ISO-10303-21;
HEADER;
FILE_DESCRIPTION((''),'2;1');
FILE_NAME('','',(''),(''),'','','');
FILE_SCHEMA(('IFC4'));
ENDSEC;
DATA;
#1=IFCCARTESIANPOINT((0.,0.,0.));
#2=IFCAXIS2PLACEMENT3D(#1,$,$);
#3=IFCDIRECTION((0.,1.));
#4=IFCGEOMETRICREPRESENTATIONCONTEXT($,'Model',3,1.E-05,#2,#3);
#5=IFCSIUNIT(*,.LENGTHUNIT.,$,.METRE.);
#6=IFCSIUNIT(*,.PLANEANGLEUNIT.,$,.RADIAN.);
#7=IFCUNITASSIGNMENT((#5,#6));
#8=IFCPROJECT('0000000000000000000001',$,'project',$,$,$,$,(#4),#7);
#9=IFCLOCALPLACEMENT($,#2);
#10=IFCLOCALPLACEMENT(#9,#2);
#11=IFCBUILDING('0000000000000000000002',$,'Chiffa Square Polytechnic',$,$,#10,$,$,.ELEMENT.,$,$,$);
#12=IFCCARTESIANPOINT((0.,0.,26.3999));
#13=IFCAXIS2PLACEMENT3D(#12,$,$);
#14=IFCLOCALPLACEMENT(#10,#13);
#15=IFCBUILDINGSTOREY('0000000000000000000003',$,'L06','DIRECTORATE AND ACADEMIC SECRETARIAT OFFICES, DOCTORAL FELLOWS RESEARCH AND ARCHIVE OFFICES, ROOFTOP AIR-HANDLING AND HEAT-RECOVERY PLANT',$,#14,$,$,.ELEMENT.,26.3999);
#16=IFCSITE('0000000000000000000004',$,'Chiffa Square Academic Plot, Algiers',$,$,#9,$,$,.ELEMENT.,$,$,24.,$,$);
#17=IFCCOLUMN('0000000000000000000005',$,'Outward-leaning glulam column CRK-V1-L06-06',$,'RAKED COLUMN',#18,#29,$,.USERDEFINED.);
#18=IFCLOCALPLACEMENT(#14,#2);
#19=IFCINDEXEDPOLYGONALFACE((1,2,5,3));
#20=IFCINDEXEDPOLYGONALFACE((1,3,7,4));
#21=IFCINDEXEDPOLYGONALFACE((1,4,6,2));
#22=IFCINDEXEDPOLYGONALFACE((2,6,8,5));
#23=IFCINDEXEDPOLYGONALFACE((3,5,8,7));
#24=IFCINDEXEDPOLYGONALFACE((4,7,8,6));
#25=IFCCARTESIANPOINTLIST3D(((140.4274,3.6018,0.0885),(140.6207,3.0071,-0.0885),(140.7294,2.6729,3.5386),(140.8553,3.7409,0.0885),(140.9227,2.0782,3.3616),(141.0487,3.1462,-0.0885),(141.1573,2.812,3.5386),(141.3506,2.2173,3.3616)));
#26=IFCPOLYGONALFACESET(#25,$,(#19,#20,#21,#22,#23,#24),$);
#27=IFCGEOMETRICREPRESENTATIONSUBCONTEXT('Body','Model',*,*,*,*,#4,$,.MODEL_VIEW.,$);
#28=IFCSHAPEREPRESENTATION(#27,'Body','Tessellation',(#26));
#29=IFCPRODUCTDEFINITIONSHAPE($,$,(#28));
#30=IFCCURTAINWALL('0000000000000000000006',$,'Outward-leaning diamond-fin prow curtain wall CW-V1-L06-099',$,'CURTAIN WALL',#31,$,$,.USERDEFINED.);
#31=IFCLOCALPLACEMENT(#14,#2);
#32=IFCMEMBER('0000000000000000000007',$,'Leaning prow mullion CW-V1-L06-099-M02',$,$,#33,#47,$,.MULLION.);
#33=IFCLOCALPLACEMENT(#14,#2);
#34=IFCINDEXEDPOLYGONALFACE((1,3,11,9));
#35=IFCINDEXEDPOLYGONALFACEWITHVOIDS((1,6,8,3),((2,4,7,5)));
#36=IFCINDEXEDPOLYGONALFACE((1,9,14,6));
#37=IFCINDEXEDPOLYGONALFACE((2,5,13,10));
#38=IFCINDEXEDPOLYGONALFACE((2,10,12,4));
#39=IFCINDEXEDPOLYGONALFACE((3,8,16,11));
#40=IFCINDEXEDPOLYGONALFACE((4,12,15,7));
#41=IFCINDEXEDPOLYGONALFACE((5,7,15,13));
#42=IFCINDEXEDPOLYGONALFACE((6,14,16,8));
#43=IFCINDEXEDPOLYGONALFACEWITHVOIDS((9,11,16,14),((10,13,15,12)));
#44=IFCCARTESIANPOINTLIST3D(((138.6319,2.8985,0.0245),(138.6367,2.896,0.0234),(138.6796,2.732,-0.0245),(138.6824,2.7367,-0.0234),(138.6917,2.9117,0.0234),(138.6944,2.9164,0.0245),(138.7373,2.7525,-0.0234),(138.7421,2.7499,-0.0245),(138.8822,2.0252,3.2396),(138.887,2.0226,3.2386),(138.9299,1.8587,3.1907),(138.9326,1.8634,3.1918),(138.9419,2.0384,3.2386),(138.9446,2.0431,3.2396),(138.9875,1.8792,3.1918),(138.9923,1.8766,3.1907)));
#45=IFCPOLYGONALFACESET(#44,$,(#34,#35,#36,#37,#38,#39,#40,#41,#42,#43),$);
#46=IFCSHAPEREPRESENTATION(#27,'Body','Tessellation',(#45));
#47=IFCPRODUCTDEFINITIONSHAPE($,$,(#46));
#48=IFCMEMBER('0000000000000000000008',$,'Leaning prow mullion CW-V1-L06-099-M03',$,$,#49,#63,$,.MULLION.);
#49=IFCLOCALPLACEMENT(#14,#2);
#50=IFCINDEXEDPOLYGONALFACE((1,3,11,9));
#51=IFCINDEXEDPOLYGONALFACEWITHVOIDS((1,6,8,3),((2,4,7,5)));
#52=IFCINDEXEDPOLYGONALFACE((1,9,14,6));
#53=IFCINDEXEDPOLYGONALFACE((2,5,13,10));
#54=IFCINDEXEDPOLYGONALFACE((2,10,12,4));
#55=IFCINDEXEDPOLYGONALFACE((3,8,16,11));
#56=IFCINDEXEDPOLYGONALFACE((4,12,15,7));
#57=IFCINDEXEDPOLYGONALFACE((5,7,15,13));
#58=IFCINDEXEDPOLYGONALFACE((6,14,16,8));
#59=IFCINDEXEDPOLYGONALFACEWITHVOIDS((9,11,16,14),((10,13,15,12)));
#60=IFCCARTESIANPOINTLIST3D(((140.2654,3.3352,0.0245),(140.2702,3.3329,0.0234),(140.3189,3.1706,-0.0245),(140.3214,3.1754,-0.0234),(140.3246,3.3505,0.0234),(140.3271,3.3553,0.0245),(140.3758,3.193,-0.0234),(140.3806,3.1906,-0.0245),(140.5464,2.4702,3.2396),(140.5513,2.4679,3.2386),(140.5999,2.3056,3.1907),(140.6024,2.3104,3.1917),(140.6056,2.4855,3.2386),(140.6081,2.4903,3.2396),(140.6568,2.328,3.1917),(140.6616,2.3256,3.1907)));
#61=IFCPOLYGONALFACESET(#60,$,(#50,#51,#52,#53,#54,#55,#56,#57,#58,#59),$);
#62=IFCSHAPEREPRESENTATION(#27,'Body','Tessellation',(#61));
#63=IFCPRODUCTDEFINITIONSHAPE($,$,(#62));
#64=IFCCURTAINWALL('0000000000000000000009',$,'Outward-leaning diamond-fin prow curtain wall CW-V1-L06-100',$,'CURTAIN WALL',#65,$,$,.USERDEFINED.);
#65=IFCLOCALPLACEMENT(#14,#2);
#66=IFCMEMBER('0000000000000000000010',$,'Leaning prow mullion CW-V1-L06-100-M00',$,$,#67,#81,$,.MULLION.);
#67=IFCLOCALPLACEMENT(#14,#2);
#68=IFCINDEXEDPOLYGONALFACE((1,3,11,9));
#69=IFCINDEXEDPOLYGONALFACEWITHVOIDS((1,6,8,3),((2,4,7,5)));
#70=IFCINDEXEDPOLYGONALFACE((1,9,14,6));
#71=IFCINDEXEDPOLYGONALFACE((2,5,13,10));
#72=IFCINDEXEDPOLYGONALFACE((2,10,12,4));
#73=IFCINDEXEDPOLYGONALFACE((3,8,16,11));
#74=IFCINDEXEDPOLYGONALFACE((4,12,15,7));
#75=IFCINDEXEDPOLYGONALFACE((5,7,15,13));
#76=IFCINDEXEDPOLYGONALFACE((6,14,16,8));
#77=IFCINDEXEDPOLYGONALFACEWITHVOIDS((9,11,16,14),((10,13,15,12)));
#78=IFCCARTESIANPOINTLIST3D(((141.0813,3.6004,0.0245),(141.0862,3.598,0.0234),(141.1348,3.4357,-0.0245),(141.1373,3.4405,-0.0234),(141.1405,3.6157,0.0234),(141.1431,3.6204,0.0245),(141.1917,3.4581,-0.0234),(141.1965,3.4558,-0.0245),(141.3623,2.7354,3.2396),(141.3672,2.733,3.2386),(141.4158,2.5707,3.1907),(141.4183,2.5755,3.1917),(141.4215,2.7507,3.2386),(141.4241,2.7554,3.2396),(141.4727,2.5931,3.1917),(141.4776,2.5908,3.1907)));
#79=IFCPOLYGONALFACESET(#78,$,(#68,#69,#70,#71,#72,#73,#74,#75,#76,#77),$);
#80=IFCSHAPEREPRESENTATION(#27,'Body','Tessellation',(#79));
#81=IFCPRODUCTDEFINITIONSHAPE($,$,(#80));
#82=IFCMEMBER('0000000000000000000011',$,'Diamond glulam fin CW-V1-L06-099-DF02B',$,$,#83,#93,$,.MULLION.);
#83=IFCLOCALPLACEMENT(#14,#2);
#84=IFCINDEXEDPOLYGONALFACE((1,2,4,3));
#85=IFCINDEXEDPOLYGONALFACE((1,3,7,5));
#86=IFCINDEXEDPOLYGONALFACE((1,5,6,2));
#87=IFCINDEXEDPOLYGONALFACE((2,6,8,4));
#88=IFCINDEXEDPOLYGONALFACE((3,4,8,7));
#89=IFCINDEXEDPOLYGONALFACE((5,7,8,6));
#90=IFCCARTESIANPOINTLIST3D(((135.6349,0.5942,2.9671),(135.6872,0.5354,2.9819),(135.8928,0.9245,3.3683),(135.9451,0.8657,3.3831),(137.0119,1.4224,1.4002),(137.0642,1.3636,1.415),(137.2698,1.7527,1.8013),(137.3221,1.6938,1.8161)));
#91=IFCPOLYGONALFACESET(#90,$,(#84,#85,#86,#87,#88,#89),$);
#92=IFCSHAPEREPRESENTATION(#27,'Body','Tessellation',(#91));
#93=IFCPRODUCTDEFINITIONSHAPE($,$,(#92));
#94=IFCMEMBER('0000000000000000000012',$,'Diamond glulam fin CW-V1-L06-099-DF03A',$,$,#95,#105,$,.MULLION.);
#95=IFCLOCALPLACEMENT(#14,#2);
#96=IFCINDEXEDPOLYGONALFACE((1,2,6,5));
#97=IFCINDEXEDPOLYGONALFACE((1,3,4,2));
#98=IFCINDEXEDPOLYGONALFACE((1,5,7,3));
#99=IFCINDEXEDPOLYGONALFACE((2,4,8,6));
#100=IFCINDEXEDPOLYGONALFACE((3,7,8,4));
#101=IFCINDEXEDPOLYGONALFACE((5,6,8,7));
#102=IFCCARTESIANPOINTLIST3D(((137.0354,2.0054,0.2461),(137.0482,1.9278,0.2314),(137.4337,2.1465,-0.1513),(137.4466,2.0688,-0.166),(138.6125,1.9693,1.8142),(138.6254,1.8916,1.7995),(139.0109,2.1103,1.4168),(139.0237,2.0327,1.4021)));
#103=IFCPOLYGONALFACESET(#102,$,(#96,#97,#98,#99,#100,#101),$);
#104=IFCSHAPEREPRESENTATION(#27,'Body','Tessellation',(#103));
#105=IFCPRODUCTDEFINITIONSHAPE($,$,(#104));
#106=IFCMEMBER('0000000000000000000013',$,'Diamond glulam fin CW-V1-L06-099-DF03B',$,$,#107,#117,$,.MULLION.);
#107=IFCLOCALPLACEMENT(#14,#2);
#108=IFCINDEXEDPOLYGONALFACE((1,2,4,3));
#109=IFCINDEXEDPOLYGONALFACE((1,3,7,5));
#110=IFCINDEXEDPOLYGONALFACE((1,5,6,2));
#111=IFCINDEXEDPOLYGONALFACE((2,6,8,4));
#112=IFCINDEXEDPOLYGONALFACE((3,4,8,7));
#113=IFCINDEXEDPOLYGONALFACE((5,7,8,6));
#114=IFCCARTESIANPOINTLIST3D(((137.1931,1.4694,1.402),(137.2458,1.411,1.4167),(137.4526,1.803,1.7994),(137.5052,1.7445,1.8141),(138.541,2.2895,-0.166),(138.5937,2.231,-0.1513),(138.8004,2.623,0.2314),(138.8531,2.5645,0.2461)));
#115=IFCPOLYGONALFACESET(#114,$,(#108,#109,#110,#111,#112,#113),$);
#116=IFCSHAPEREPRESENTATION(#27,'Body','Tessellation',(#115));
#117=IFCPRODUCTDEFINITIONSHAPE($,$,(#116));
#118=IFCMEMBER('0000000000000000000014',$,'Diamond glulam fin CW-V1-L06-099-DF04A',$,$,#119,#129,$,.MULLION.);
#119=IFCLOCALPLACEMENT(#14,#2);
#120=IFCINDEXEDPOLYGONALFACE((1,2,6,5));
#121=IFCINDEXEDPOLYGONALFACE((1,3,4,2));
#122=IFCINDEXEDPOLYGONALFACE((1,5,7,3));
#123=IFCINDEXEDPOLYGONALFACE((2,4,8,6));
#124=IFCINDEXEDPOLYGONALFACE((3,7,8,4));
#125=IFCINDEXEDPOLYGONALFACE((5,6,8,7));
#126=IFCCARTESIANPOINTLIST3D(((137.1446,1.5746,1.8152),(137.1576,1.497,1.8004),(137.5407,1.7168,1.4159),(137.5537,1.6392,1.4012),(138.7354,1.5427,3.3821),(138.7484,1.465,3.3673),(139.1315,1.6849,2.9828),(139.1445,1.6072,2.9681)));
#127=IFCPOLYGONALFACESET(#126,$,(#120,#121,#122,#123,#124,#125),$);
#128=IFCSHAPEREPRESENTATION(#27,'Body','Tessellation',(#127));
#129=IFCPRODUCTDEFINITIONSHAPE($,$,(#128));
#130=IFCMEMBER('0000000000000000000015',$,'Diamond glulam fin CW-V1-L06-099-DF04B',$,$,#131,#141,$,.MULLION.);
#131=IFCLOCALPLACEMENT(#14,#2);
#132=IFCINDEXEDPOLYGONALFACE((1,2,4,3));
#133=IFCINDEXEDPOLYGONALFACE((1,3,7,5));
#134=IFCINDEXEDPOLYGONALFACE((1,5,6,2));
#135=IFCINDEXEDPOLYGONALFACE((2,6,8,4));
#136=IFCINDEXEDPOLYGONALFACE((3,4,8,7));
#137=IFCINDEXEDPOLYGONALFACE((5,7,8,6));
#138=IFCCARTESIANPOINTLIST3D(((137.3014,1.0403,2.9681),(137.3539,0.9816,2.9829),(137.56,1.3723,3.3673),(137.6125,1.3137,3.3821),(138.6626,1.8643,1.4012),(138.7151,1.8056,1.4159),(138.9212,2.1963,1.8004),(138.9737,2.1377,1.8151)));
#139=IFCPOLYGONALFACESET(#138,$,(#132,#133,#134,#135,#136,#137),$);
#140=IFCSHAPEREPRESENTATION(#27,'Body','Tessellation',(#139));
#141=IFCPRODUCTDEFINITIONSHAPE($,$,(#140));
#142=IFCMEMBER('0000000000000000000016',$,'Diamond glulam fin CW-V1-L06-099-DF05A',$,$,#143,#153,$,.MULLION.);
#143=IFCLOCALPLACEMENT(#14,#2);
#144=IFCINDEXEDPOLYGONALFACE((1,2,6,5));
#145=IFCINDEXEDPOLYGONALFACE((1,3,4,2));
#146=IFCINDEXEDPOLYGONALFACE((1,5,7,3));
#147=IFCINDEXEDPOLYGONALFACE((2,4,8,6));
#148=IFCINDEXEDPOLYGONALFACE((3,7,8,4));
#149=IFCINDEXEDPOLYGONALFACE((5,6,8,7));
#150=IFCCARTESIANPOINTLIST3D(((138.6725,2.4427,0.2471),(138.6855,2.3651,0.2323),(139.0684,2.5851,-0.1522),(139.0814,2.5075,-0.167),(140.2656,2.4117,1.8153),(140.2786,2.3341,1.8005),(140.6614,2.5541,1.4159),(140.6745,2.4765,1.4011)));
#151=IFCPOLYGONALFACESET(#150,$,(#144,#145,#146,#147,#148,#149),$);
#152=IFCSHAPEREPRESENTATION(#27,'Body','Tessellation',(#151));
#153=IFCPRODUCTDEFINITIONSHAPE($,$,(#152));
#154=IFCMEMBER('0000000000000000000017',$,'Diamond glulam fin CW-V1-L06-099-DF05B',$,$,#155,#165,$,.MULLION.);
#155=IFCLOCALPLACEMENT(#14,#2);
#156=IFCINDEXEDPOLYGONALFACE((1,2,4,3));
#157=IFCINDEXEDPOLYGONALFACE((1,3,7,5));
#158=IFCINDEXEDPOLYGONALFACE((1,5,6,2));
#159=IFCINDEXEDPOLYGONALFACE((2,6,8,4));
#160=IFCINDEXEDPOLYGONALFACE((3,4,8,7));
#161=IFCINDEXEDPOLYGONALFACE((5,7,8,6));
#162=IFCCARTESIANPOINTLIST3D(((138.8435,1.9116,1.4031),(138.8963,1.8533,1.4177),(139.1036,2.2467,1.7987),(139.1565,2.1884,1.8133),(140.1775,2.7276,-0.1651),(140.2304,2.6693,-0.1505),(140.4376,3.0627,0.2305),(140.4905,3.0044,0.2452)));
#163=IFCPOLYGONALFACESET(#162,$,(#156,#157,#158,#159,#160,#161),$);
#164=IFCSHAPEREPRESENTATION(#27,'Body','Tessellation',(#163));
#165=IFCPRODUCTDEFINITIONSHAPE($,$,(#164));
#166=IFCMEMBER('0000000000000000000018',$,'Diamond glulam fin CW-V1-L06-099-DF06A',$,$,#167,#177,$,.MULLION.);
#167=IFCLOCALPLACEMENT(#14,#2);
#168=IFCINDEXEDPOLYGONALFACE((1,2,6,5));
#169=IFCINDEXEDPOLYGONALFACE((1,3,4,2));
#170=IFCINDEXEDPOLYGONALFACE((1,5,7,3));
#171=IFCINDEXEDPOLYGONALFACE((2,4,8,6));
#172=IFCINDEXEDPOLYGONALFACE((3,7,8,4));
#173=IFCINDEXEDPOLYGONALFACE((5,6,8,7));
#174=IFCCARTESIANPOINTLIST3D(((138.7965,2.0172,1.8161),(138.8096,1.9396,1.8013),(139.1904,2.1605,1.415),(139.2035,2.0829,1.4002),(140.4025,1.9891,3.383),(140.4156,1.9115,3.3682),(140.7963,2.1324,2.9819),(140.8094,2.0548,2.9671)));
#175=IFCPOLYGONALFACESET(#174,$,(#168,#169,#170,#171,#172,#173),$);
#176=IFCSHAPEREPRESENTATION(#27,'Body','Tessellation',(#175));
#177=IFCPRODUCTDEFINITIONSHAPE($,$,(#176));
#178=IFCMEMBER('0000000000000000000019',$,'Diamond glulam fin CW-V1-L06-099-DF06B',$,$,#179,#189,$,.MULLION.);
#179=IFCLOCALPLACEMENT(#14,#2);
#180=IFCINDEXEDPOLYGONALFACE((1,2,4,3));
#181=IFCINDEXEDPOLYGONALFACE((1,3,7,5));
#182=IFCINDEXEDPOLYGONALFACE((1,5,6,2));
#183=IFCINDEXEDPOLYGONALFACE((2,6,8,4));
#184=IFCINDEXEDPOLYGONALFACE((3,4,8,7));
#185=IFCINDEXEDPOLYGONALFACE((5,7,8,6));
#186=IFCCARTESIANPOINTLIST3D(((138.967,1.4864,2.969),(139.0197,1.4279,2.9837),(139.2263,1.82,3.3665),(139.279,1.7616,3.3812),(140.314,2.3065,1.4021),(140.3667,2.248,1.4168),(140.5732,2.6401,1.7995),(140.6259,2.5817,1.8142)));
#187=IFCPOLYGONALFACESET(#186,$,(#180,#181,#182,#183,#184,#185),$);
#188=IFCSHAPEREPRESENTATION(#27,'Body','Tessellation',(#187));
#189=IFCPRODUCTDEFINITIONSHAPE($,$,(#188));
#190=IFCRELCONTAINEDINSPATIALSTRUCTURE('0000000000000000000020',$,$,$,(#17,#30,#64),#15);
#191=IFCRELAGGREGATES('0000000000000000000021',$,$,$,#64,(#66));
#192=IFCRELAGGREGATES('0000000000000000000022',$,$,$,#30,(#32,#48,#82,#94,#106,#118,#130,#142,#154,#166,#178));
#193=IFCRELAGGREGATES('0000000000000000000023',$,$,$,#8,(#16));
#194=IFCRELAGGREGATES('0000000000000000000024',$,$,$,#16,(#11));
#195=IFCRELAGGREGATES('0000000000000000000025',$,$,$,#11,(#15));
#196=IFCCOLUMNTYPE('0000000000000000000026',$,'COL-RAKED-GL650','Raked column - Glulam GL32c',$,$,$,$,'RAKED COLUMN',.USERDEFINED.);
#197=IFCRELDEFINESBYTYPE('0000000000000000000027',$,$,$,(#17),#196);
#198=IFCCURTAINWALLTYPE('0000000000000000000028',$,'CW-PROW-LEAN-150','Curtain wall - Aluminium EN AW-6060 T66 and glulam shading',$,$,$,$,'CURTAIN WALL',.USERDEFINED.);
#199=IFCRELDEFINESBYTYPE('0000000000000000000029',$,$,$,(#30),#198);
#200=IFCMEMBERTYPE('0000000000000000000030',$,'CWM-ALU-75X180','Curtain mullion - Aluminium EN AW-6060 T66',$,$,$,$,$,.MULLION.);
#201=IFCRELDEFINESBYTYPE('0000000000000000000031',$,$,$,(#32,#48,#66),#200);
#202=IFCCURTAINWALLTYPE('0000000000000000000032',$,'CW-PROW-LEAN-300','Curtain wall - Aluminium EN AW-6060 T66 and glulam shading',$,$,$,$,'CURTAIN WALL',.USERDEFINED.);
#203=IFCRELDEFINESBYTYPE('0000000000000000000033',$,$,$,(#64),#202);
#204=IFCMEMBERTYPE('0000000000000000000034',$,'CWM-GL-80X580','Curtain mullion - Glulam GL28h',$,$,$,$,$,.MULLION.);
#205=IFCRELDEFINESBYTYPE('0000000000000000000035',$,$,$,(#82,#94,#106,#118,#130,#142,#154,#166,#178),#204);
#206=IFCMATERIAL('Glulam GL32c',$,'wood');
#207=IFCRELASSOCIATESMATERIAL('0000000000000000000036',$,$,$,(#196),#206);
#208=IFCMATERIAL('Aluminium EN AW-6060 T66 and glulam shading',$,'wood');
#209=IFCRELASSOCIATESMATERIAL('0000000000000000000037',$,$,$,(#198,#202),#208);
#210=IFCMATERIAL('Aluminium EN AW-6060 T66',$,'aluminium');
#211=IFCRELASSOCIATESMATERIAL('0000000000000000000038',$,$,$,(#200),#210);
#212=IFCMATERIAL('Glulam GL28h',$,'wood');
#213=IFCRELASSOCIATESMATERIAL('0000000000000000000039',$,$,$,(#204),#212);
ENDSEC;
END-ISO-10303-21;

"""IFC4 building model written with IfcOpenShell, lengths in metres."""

from ifc_helpers import new_model, si_unit, direction, frame, origin, origin_2d, place, context, subcontext, project, spatial, rectangle, hollow_rectangle, extrude, material, material_profile, profile_set, type_object, element, aggregate, save


model = new_model("IFC4")

# Units and contexts
model_context = context("Model", 3, precision=1e-05, world=origin(), true_north=direction((0.0, 1.0)))
body_context = subcontext(model_context, "Body", "Model", "MODEL_VIEW")
ifc_project = project(units=[si_unit("LENGTHUNIT", "METRE"), si_unit("PLANEANGLEUNIT", "RADIAN")], contexts=[model_context])

# Site, building, storey
site_placement = place(None, origin())
site = spatial("IfcSite", under=ifc_project, at=site_placement, Name="Chiffa Square Academic Plot, Algiers", CompositionType="ELEMENT", RefElevation=24.0)
building_placement = place(site_placement, origin())
building = spatial("IfcBuilding", under=site, at=building_placement, Name="Chiffa Square Polytechnic", CompositionType="ELEMENT")
storey_placement = place(building_placement, frame((0.0, 0.0, 26.3999)))
storey = spatial("IfcBuildingStorey", under=building, at=storey_placement, Name="L06", Description="DIRECTORATE AND ACADEMIC SECRETARIAT OFFICES, DOCTORAL FELLOWS RESEARCH AND ARCHIVE OFFICES, ROOFTOP AIR-HANDLING AND HEAT-RECOVERY PLANT", CompositionType="ELEMENT", Elevation=26.3999)

# Column
ifc_material_1 = material(Name="Glulam GL32c", Category="wood")
ifc_material_profile_1 = material_profile(ifc_material_1, rectangle(XDim=0.45, YDim=0.6499, at=origin_2d()), Name="GL32c 450x650")
ifc_profile_set_1 = profile_set([ifc_material_profile_1], Name="Glulam GL32c")
column_type = type_object("IfcColumnType", Name="COL-RAKED-GL650", Description="Raked column - Glulam GL32c", ElementType="RAKED COLUMN", PredefinedType="USERDEFINED", material=ifc_profile_set_1)
column_placement = place(storey_placement, frame((140.738, 3.374, 0.0), z_axis=(0.084221, -0.259064, 0.962181), x_axis=(0.951007, 0.309171, 0.0)))
element("IfcColumn", 1, at=column_placement, inside=storey, type_object=column_type, Name="Outward-leaning glulam column CRK-V1-L06-06", ObjectType="RAKED COLUMN", PredefinedType="USERDEFINED", context=body_context, shape_type="SweptSolid", body=[
    extrude(rectangle(XDim=0.45, YDim=0.6499, at=origin_2d()), origin(), (0.0, 0.0, 1.0), 3.5857),
])

# Curtain wall, members
ifc_material_2 = material(Name="Aluminium EN AW-6060 T66 and glulam shading", Category="wood")
curtain_wall_type_1 = type_object("IfcCurtainWallType", Name="CW-PROW-LEAN-150", Description="Curtain wall - Aluminium EN AW-6060 T66 and glulam shading", ElementType="CURTAIN WALL", PredefinedType="USERDEFINED", material=ifc_material_2)
curtain_wall_1_placement = place(storey_placement, origin())
curtain_wall_1 = element("IfcCurtainWall", 2, at=curtain_wall_1_placement, inside=storey, type_object=curtain_wall_type_1, Name="Outward-leaning diamond-fin prow curtain wall CW-V1-L06-099", ObjectType="CURTAIN WALL", PredefinedType="USERDEFINED")
ifc_material_3 = material(Name="Aluminium EN AW-6060 T66", Category="aluminium")
ifc_material_profile_2 = material_profile(ifc_material_3, hollow_rectangle(XDim=0.0649, YDim=0.1799, WallThickness=0.0039, at=origin_2d()), Name="ALU 65x180x4")
ifc_profile_set_2 = profile_set([ifc_material_profile_2], Name="Aluminium EN AW-6060 T66")
member_type_1 = type_object("IfcMemberType", Name="CWM-ALU-75X180", Description="Curtain mullion - Aluminium EN AW-6060 T66", PredefinedType="MULLION", material=ifc_profile_set_2)
member_1_placement = place(storey_placement, frame((138.687, 2.8242, 0.0), z_axis=(0.074902, -0.261389, 0.962323), x_axis=(0.961311, 0.275466, 0.0)))
member_1 = element("IfcMember", 3, at=member_1_placement, type_object=member_type_1, Name="Leaning prow mullion CW-V1-L06-099-M02", PredefinedType="MULLION", context=body_context, shape_type="SweptSolid", body=[
    extrude(hollow_rectangle(XDim=0.0649, YDim=0.1799, WallThickness=0.0039, at=origin_2d()), origin(), (0.0, 0.0, 1.0), 3.3411),
])
member_2_placement = place(storey_placement, frame((140.323, 3.2629, 0.0), z_axis=(0.084102, -0.258882, 0.962241), x_axis=(0.951072, 0.308971, 0.0)))
member_2 = element("IfcMember", 4, at=member_2_placement, type_object=member_type_1, Name="Leaning prow mullion CW-V1-L06-099-M03", PredefinedType="MULLION", context=body_context, shape_type="SweptSolid", body=[
    extrude(hollow_rectangle(XDim=0.0649, YDim=0.1799, WallThickness=0.0039, at=origin_2d()), origin(), (0.0, 0.0, 1.0), 3.3413),
])

# Curtain wall, member
curtain_wall_type_2 = type_object("IfcCurtainWallType", Name="CW-PROW-LEAN-300", Description="Curtain wall - Aluminium EN AW-6060 T66 and glulam shading", ElementType="CURTAIN WALL", PredefinedType="USERDEFINED", material=ifc_material_2)
curtain_wall_2_placement = place(storey_placement, origin())
curtain_wall_2 = element("IfcCurtainWall", 5, at=curtain_wall_2_placement, inside=storey, type_object=curtain_wall_type_2, Name="Outward-leaning diamond-fin prow curtain wall CW-V1-L06-100", ObjectType="CURTAIN WALL", PredefinedType="USERDEFINED")
member_3_placement = place(storey_placement, frame((141.1389, 3.5281, 0.0), z_axis=(0.084102, -0.258882, 0.962241), x_axis=(0.951072, 0.308971, 0.0)))
member_3 = element("IfcMember", 6, at=member_3_placement, type_object=member_type_1, Name="Leaning prow mullion CW-V1-L06-100-M00", PredefinedType="MULLION", context=body_context, shape_type="SweptSolid", body=[
    extrude(hollow_rectangle(XDim=0.0649, YDim=0.1799, WallThickness=0.0039, at=origin_2d()), origin(), (0.0, 0.0, 1.0), 3.3413),
])

# Members
ifc_material_4 = material(Name="Glulam GL28h", Category="wood")
ifc_material_profile_3 = material_profile(ifc_material_4, rectangle(XDim=0.0801, YDim=0.5801, at=origin_2d()), Name="GL28h 80x580")
ifc_profile_set_3 = profile_set([ifc_material_profile_3], Name="Glulam GL28h")
member_type_2 = type_object("IfcMemberType", Name="CWM-GL-80X580", Description="Curtain mullion - Glulam GL28h", PredefinedType="MULLION", material=ifc_profile_set_3)
member_4_placement = place(storey_placement, frame((137.167, 1.5581, 1.6082), z_axis=(-0.613529, -0.368988, 0.698162), x_axis=(0.652678, -0.734627, 0.185299)))
member_4 = element("IfcMember", 7, at=member_4_placement, type_object=member_type_2, Name="Diamond glulam fin CW-V1-L06-099-DF02B", PredefinedType="MULLION", context=body_context, shape_type="SweptSolid", body=[
    extrude(rectangle(XDim=0.0801, YDim=0.5801, at=origin_2d()), origin(), (0.0, 0.0, 1.0), 2.2444),
])
member_5_placement = place(storey_placement, frame((137.241, 2.0371, 0.04), z_axis=(0.709041, -0.016244, 0.70498), x_axis=(-0.160291, 0.969852, 0.183561)))
member_5 = element("IfcMember", 8, at=member_5_placement, type_object=member_type_2, Name="Diamond glulam fin CW-V1-L06-099-DF03A", PredefinedType="MULLION", context=body_context, shape_type="SweptSolid", body=[
    extrude(rectangle(XDim=0.0801, YDim=0.5801, at=origin_2d()), origin(), (0.0, 0.0, 1.0), 2.2244),
])
member_6_placement = place(storey_placement, frame((138.697, 2.427, 0.04), z_axis=(-0.605938, -0.368655, 0.704934), x_axis=(0.657924, -0.730368, 0.183573)))
member_6 = element("IfcMember", 9, at=member_6_placement, type_object=member_type_2, Name="Diamond glulam fin CW-V1-L06-099-DF03B", PredefinedType="MULLION", context=body_context, shape_type="SweptSolid", body=[
    extrude(rectangle(XDim=0.0801, YDim=0.5801, at=origin_2d()), origin(), (0.0, 0.0, 1.0), 2.2244),
])
member_7_placement = place(storey_placement, frame((137.3491, 1.6069, 1.6082), z_axis=(0.712371, -0.014322, 0.701657), x_axis=(-0.16215, 0.969381, 0.184412)))
member_7 = element("IfcMember", 10, at=member_7_placement, type_object=member_type_2, Name="Diamond glulam fin CW-V1-L06-099-DF04A", PredefinedType="MULLION", context=body_context, shape_type="SweptSolid", body=[
    extrude(rectangle(XDim=0.0801, YDim=0.5801, at=origin_2d()), origin(), (0.0, 0.0, 1.0), 2.2332),
])
member_8_placement = place(storey_placement, frame((138.8181, 2.001, 1.6082), z_axis=(-0.60951, -0.368986, 0.701674), x_axis=(0.655587, -0.732257, 0.184408)))
member_8 = element("IfcMember", 11, at=member_8_placement, type_object=member_type_2, Name="Diamond glulam fin CW-V1-L06-099-DF04B", PredefinedType="MULLION", context=body_context, shape_type="SweptSolid", body=[
    extrude(rectangle(XDim=0.0801, YDim=0.5801, at=origin_2d()), origin(), (0.0, 0.0, 1.0), 2.2332),
])
member_9_placement = place(storey_placement, frame((138.877, 2.4751, 0.04), z_axis=(0.712586, -0.013869, 0.701447), x_axis=(-0.162717, 0.969276, 0.184466)))
member_9 = element("IfcMember", 12, at=member_9_placement, type_object=member_type_2, Name="Diamond glulam fin CW-V1-L06-099-DF05A", PredefinedType="MULLION", context=body_context, shape_type="SweptSolid", body=[
    extrude(rectangle(XDim=0.0801, YDim=0.5801, at=origin_2d()), origin(), (0.0, 0.0, 1.0), 2.2356),
])
member_10_placement = place(storey_placement, frame((140.334, 2.866, 0.04), z_axis=(-0.602373, -0.368435, 0.708097), x_axis=(0.660343, -0.728387, 0.182756)))
member_10 = element("IfcMember", 13, at=member_10_placement, type_object=member_type_2, Name="Diamond glulam fin CW-V1-L06-099-DF05B", PredefinedType="MULLION", context=body_context, shape_type="SweptSolid", body=[
    extrude(rectangle(XDim=0.0801, YDim=0.5801, at=origin_2d()), origin(), (0.0, 0.0, 1.0), 2.2146),
])
member_11_placement = place(storey_placement, frame((139.0, 2.05, 1.6082), z_axis=(0.715702, -0.012512, 0.698294), x_axis=(-0.16382, 0.968937, 0.185266)))
member_11 = element("IfcMember", 14, at=member_11_placement, type_object=member_type_2, Name="Diamond glulam fin CW-V1-L06-099-DF06A", PredefinedType="MULLION", context=body_context, shape_type="SweptSolid", body=[
    extrude(rectangle(XDim=0.0801, YDim=0.5801, at=origin_2d()), origin(), (0.0, 0.0, 1.0), 2.2439),
])
member_12_placement = place(storey_placement, frame((140.47, 2.4441, 1.6082), z_axis=(-0.605895, -0.368896, 0.704845), x_axis=(0.658139, -0.730168, 0.183596)))
member_12 = element("IfcMember", 15, at=member_12_placement, type_object=member_type_2, Name="Diamond glulam fin CW-V1-L06-099-DF06B", PredefinedType="MULLION", context=body_context, shape_type="SweptSolid", body=[
    extrude(rectangle(XDim=0.0801, YDim=0.5801, at=origin_2d()), origin(), (0.0, 0.0, 1.0), 2.2231),
])

aggregate(curtain_wall_2, [member_3])
aggregate(curtain_wall_1, [member_1, member_2, member_4, member_5, member_6, member_7, member_8, member_9, member_10, member_11, member_12])

save(model, "model.ifc")
